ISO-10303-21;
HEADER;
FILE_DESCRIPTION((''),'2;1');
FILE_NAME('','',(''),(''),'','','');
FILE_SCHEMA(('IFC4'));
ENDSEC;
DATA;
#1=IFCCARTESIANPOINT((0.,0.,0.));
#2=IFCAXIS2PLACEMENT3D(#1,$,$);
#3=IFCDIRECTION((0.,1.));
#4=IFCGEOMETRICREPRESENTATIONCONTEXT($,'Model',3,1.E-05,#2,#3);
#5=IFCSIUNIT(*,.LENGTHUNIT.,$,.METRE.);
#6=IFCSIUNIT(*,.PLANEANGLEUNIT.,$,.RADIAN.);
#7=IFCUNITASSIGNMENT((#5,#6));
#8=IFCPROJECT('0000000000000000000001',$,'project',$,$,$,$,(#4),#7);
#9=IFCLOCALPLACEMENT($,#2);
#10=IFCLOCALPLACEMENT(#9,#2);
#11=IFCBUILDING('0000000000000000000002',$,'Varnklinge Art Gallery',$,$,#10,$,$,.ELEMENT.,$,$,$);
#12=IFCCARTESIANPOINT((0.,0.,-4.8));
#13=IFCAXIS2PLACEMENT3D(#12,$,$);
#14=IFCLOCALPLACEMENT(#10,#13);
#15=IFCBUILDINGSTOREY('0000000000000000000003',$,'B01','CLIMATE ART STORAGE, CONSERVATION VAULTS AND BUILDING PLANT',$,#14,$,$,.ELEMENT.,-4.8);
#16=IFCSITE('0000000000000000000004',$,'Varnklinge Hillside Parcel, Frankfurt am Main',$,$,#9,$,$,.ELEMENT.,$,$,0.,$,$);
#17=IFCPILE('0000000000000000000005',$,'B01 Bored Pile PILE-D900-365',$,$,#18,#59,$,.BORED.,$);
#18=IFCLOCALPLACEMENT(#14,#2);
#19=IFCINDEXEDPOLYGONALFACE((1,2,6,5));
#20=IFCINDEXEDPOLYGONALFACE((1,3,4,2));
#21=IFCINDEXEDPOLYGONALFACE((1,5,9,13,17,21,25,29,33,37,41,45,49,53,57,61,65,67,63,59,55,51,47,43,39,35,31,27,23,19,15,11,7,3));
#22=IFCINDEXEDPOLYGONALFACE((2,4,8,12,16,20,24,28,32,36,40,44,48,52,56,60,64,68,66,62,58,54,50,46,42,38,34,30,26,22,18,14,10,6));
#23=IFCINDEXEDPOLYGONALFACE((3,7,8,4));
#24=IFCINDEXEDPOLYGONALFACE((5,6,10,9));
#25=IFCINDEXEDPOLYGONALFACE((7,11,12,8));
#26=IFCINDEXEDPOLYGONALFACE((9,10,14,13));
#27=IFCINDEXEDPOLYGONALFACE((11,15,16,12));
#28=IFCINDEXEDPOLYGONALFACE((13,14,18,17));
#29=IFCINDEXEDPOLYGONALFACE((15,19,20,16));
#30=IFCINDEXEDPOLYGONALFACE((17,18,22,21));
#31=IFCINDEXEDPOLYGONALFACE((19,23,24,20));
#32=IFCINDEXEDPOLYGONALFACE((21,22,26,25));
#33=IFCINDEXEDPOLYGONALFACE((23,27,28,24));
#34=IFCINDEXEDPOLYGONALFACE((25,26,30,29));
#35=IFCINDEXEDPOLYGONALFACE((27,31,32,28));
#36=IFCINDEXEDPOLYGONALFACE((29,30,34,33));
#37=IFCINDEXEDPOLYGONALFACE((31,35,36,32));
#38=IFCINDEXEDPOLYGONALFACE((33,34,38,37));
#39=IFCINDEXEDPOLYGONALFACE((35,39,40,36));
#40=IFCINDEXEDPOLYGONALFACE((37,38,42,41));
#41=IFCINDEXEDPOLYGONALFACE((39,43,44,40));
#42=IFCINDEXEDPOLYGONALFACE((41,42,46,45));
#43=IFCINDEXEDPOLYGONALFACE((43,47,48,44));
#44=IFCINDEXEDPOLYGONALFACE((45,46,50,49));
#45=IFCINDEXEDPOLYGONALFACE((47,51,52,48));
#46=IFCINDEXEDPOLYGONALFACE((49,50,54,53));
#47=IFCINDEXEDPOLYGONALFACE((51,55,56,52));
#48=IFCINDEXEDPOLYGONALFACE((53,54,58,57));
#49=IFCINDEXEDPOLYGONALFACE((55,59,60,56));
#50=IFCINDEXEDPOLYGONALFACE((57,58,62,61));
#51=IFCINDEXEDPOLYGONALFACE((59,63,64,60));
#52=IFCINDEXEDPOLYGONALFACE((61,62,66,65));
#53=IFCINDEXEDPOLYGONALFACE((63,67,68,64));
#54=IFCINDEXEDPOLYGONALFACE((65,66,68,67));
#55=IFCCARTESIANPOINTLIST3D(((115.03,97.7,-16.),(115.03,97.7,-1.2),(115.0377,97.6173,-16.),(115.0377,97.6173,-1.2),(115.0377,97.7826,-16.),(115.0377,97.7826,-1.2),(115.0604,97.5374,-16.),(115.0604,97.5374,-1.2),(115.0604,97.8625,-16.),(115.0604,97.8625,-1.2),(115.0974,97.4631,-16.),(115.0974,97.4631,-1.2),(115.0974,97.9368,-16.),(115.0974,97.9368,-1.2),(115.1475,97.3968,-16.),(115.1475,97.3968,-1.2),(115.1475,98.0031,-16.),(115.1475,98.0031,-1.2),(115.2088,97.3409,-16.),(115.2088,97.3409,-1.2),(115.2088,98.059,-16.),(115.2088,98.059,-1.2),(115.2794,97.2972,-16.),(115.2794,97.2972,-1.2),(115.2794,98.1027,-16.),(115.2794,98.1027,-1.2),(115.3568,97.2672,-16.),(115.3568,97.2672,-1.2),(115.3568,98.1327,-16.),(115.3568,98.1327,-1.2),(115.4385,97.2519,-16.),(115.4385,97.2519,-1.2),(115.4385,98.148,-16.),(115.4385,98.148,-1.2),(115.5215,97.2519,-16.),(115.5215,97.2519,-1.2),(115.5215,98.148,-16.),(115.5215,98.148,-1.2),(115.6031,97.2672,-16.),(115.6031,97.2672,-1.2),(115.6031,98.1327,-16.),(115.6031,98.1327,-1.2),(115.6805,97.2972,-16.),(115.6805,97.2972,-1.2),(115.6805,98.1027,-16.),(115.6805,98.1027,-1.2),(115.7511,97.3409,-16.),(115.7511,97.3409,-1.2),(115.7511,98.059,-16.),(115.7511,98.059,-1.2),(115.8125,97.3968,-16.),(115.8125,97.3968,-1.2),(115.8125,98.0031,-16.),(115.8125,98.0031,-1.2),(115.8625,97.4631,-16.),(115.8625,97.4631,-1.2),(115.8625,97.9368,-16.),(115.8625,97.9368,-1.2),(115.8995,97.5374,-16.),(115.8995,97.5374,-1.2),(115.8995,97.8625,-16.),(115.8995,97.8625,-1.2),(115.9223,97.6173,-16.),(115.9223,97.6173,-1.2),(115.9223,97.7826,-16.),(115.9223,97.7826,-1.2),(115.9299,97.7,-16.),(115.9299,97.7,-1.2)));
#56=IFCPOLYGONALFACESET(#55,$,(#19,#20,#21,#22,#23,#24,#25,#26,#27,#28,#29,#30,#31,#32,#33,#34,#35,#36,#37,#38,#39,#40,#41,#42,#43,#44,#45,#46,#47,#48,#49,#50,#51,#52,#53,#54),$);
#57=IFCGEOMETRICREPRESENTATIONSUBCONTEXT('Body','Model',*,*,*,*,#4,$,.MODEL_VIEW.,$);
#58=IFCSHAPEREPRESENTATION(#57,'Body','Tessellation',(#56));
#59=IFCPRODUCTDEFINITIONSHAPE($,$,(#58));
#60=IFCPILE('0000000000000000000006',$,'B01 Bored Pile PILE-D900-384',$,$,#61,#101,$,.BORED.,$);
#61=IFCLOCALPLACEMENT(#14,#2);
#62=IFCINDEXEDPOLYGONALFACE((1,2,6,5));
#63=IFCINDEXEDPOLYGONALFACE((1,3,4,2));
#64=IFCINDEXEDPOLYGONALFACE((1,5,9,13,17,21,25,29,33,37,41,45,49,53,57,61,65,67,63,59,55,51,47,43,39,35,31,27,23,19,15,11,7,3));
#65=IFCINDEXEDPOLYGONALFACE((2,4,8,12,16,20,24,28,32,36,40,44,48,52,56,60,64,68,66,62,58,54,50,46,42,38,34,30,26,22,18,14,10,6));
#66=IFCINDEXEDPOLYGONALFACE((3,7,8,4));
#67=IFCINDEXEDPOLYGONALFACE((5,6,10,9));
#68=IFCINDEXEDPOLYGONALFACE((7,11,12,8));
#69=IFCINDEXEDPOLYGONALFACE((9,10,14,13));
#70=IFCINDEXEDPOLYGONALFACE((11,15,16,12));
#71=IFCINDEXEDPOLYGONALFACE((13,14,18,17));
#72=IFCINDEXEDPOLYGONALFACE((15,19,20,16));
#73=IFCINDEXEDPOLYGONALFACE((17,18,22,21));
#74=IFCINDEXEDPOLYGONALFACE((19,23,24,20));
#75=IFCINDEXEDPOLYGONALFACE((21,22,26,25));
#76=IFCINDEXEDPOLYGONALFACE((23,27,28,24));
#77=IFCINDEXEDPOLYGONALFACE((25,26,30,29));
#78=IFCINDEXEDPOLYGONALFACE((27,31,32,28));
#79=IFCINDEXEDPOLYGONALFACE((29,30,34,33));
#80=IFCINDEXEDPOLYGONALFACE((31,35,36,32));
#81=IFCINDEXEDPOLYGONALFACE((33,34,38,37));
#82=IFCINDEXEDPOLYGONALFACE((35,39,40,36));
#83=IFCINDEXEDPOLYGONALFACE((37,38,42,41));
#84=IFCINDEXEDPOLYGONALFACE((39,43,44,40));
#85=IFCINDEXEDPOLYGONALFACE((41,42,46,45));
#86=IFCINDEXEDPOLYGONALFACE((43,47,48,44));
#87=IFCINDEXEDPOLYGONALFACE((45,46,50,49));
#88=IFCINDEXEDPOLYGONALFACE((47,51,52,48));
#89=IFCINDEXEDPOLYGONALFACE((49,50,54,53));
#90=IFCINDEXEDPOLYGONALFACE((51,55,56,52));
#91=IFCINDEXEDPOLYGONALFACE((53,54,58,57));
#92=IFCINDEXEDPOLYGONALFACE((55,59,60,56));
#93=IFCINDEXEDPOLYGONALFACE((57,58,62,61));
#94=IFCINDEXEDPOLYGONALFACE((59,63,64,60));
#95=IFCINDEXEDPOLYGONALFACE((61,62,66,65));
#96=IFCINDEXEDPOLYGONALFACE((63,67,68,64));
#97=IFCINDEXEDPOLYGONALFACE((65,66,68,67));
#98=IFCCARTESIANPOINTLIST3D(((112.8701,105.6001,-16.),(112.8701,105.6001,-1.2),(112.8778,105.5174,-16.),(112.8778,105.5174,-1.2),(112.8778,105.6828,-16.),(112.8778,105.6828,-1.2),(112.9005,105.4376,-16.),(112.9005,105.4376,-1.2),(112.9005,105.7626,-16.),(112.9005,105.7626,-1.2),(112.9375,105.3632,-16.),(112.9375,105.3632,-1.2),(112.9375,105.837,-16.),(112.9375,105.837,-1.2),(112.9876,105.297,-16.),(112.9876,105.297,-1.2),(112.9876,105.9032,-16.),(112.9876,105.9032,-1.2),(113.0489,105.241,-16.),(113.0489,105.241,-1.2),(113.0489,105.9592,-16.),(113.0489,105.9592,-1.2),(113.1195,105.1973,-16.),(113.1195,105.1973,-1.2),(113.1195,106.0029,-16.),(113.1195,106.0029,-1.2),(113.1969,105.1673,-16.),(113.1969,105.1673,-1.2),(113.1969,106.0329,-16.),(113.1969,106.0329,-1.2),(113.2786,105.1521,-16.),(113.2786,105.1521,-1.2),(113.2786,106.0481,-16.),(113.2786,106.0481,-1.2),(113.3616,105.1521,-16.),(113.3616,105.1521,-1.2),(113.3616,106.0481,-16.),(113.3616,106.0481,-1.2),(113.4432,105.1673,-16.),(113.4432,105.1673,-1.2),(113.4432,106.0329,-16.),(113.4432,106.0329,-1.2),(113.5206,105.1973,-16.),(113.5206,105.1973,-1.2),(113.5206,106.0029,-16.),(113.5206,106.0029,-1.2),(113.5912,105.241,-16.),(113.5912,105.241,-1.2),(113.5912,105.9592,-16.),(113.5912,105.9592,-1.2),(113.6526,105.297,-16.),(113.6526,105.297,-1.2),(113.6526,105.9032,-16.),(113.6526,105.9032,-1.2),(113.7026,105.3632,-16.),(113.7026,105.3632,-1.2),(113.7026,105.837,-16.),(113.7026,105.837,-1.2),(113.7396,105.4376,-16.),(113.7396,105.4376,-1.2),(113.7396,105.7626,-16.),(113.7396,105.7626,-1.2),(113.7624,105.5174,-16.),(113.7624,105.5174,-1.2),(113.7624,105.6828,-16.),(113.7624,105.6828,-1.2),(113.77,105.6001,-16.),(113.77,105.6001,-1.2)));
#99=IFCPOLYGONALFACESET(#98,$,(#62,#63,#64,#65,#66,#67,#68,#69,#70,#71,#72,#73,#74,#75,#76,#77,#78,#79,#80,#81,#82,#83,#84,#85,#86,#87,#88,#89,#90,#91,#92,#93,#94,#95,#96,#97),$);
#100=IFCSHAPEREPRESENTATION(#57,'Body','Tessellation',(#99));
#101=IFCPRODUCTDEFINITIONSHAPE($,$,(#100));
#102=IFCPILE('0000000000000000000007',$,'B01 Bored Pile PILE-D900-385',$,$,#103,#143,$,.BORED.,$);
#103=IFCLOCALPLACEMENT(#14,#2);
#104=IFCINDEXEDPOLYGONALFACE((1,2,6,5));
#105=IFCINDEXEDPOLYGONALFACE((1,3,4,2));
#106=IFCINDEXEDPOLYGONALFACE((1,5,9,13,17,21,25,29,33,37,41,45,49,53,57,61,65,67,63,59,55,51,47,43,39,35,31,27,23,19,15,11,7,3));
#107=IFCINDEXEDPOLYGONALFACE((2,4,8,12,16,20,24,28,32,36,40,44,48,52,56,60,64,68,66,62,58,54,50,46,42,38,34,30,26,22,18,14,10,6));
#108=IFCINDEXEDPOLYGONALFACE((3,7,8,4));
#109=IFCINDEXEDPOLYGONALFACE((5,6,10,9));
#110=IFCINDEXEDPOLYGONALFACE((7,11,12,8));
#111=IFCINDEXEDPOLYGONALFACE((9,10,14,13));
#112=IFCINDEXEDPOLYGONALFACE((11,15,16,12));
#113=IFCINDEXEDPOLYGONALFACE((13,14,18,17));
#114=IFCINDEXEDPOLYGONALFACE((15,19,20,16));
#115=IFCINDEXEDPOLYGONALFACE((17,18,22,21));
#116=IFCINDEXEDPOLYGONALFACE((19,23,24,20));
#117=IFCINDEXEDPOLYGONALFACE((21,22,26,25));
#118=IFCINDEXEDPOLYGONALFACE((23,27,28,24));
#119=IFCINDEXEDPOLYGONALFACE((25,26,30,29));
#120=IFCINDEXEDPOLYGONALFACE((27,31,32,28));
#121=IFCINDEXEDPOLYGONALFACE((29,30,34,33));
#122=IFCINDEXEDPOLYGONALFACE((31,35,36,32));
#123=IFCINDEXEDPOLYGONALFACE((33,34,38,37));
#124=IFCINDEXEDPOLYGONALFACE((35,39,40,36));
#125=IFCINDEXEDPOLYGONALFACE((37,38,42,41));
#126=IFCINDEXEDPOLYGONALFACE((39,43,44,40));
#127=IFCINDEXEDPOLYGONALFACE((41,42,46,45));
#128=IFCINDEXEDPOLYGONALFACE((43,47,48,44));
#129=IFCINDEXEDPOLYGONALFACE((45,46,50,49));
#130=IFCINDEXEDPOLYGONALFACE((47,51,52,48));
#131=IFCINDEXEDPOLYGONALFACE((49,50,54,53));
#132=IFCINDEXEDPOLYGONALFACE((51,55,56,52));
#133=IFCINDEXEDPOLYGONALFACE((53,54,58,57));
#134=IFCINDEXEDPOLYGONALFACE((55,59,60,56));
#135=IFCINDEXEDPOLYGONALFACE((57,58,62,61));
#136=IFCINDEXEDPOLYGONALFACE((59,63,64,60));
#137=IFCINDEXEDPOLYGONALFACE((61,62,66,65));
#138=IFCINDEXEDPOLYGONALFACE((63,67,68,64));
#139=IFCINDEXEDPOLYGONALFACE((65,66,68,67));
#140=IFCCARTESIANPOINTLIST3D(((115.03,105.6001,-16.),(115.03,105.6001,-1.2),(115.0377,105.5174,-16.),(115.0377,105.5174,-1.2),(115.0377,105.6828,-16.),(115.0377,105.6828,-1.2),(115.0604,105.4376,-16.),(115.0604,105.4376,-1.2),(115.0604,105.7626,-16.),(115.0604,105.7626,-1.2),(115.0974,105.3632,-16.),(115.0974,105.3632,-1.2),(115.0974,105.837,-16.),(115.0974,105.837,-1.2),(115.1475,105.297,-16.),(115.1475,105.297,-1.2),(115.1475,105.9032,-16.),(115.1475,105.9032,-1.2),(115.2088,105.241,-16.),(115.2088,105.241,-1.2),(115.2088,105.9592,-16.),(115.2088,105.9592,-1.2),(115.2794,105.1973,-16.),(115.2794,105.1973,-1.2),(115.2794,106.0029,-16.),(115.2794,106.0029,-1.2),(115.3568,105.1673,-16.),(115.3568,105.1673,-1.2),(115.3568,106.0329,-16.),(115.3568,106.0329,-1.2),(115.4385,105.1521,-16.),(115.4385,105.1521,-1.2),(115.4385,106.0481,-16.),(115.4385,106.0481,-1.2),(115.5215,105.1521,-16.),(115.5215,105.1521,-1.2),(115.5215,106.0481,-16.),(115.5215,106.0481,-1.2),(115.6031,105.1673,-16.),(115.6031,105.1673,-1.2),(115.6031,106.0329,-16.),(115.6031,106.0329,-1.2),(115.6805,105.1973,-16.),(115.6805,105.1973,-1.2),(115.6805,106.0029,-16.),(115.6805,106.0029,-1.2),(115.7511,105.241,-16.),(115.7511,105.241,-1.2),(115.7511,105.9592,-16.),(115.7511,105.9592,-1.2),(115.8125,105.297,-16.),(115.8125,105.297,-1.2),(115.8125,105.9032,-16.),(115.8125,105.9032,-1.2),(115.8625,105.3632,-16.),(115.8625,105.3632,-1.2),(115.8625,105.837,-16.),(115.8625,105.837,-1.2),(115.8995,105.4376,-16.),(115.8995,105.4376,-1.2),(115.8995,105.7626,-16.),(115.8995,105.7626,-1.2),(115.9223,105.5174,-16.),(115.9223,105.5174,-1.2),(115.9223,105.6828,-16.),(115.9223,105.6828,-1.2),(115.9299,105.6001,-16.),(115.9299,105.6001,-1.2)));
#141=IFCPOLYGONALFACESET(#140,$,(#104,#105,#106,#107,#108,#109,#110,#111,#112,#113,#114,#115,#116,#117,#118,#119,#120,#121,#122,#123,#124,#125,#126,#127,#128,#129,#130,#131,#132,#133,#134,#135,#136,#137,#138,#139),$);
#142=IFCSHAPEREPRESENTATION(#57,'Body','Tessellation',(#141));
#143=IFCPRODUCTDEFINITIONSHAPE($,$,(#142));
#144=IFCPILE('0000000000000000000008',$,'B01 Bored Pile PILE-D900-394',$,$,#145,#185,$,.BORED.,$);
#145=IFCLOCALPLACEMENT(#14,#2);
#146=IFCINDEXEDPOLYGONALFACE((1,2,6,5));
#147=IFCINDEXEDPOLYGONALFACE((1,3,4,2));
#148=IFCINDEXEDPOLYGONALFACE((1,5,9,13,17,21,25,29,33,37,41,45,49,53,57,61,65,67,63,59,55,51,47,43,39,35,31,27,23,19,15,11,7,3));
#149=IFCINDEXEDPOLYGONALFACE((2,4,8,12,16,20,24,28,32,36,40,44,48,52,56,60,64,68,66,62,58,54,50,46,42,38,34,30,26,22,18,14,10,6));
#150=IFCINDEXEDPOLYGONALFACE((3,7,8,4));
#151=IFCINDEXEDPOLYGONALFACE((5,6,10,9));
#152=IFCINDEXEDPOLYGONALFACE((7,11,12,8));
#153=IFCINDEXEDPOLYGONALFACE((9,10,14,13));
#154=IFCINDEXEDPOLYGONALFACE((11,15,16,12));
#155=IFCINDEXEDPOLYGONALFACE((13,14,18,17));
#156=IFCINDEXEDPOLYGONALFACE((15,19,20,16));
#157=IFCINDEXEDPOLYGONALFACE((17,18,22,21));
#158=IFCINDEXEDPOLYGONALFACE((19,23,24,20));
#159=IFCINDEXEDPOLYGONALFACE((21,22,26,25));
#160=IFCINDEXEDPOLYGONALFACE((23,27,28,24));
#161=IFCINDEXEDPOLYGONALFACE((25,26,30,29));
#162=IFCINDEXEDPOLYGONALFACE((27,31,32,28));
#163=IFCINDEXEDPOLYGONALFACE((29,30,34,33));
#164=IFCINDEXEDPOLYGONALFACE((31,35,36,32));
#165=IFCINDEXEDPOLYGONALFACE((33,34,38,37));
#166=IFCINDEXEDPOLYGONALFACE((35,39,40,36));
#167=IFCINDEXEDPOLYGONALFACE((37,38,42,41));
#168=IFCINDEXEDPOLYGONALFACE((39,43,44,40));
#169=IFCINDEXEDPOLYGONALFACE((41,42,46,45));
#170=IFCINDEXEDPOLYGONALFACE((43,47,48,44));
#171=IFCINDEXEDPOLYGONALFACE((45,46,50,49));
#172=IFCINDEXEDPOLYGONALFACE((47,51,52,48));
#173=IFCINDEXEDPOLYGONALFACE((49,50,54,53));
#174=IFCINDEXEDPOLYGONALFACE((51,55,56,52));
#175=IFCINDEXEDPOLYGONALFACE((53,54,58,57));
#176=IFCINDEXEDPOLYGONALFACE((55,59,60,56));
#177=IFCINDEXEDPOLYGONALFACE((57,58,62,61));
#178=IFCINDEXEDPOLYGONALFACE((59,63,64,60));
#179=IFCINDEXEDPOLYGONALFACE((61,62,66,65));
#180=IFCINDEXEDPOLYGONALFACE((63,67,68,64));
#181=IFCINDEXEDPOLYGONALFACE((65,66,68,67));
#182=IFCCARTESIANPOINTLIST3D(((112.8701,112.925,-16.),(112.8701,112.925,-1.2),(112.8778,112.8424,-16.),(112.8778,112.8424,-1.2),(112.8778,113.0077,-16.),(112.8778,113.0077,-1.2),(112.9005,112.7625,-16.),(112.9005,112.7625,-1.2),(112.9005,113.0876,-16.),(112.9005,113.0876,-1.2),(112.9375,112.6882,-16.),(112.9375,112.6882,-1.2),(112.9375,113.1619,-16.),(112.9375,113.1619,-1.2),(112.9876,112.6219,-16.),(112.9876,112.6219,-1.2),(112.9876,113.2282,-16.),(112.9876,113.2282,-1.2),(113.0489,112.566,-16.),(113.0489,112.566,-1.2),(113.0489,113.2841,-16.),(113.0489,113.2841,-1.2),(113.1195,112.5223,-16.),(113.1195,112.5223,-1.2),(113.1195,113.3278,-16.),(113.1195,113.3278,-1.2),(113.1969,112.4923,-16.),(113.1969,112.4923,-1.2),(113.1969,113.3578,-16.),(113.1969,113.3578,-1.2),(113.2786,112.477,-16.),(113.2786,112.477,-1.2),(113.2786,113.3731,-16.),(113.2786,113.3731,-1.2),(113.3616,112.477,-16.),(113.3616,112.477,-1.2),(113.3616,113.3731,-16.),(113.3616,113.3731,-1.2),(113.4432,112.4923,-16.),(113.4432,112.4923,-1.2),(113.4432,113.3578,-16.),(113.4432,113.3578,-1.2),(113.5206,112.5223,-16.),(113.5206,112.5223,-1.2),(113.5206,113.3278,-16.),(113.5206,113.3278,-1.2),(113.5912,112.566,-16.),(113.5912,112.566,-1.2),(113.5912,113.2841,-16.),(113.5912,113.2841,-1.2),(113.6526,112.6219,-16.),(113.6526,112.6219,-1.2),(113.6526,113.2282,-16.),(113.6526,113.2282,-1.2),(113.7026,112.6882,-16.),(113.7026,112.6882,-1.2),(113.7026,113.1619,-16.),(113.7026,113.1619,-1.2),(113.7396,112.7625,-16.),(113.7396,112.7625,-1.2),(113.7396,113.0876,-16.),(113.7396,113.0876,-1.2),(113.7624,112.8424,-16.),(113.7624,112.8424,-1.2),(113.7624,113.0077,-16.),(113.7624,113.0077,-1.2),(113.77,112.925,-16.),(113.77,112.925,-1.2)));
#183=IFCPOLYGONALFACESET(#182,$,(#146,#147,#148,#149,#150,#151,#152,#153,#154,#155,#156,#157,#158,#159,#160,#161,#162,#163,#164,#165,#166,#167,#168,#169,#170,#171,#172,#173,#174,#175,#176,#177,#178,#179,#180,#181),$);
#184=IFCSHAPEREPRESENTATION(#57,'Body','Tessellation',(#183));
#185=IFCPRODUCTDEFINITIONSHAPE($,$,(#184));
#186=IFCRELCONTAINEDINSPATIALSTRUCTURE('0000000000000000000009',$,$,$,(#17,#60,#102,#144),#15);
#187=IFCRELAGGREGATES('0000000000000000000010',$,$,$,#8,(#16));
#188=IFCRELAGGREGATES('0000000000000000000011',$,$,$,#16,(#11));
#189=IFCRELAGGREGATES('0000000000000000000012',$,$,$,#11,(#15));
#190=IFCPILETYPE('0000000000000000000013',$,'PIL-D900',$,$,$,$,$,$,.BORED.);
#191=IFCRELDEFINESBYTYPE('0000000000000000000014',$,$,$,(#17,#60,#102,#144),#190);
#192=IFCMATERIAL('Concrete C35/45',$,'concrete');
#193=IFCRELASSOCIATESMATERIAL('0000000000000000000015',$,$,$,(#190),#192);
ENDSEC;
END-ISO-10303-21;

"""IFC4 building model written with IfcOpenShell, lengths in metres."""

from ifc_helpers import new_model, si_unit, direction, frame, origin, origin_2d, place, context, subcontext, project, spatial, circle, extrude, material, material_profile, profile_set, type_object, element, save


model = new_model("IFC4")

# Units and contexts
model_context = context("Model", 3, precision=1e-05, world=origin(), true_north=direction((0.0, 1.0)))
body_context = subcontext(model_context, "Body", "Model", "MODEL_VIEW")
ifc_project = project(units=[si_unit("LENGTHUNIT", "METRE"), si_unit("PLANEANGLEUNIT", "RADIAN")], contexts=[model_context])

# Site, building, storey
site_placement = place(None, origin())
site = spatial("IfcSite", under=ifc_project, at=site_placement, Name="Varnklinge Hillside Parcel, Frankfurt am Main", CompositionType="ELEMENT", RefElevation=0.0)
building_placement = place(site_placement, origin())
building = spatial("IfcBuilding", under=site, at=building_placement, Name="Varnklinge Art Gallery", CompositionType="ELEMENT")
storey_placement = place(building_placement, frame((0.0, 0.0, -4.8)))
storey = spatial("IfcBuildingStorey", under=building, at=storey_placement, Name="B01", Description="CLIMATE ART STORAGE, CONSERVATION VAULTS AND BUILDING PLANT", CompositionType="ELEMENT", Elevation=-4.8)

# Piles
ifc_material_1 = material(Name="Concrete C35/45", Category="concrete")
ifc_material_profile_1 = material_profile(ifc_material_1, circle(Radius=0.45, at=origin_2d()), Name="PILE D900")
ifc_profile_set_1 = profile_set([ifc_material_profile_1], Name="Concrete C35/45")
pile_type_1 = type_object("IfcPileType", Name="PIL-D900", PredefinedType="BORED", material=ifc_profile_set_1)
for number, where, z_axis, x_axis, name in (
    (1, (115.48, 97.7, -1.2), (0.0, 0.0, -1.0), (1.0, 0.0, 0.0), "B01 Bored Pile PILE-D900-365"),
    (2, (113.3201, 105.6001, -1.2), (0.0, 0.0, -1.0), (1.0, 0.0, 0.0), "B01 Bored Pile PILE-D900-384"),
    (3, (115.48, 105.6001, -1.2), (0.0, 0.0, -1.0), (1.0, 0.0, 0.0), "B01 Bored Pile PILE-D900-385"),
    (4, (113.3201, 112.925, -1.2), (0.0, 0.0, -1.0), (1.0, 0.0, 0.0), "B01 Bored Pile PILE-D900-394"),
):
    element("IfcPile", number, at=place(storey_placement, frame(where, z_axis=z_axis, x_axis=x_axis)), inside=storey, type_object=pile_type_1, Name=name, PredefinedType="BORED", context=body_context, shape_type="SweptSolid", body=[
        extrude(circle(Radius=0.45, at=origin_2d()), origin(), (0.0, 0.0, 1.0), 14.8),
    ])

save(model, "model.ifc")
